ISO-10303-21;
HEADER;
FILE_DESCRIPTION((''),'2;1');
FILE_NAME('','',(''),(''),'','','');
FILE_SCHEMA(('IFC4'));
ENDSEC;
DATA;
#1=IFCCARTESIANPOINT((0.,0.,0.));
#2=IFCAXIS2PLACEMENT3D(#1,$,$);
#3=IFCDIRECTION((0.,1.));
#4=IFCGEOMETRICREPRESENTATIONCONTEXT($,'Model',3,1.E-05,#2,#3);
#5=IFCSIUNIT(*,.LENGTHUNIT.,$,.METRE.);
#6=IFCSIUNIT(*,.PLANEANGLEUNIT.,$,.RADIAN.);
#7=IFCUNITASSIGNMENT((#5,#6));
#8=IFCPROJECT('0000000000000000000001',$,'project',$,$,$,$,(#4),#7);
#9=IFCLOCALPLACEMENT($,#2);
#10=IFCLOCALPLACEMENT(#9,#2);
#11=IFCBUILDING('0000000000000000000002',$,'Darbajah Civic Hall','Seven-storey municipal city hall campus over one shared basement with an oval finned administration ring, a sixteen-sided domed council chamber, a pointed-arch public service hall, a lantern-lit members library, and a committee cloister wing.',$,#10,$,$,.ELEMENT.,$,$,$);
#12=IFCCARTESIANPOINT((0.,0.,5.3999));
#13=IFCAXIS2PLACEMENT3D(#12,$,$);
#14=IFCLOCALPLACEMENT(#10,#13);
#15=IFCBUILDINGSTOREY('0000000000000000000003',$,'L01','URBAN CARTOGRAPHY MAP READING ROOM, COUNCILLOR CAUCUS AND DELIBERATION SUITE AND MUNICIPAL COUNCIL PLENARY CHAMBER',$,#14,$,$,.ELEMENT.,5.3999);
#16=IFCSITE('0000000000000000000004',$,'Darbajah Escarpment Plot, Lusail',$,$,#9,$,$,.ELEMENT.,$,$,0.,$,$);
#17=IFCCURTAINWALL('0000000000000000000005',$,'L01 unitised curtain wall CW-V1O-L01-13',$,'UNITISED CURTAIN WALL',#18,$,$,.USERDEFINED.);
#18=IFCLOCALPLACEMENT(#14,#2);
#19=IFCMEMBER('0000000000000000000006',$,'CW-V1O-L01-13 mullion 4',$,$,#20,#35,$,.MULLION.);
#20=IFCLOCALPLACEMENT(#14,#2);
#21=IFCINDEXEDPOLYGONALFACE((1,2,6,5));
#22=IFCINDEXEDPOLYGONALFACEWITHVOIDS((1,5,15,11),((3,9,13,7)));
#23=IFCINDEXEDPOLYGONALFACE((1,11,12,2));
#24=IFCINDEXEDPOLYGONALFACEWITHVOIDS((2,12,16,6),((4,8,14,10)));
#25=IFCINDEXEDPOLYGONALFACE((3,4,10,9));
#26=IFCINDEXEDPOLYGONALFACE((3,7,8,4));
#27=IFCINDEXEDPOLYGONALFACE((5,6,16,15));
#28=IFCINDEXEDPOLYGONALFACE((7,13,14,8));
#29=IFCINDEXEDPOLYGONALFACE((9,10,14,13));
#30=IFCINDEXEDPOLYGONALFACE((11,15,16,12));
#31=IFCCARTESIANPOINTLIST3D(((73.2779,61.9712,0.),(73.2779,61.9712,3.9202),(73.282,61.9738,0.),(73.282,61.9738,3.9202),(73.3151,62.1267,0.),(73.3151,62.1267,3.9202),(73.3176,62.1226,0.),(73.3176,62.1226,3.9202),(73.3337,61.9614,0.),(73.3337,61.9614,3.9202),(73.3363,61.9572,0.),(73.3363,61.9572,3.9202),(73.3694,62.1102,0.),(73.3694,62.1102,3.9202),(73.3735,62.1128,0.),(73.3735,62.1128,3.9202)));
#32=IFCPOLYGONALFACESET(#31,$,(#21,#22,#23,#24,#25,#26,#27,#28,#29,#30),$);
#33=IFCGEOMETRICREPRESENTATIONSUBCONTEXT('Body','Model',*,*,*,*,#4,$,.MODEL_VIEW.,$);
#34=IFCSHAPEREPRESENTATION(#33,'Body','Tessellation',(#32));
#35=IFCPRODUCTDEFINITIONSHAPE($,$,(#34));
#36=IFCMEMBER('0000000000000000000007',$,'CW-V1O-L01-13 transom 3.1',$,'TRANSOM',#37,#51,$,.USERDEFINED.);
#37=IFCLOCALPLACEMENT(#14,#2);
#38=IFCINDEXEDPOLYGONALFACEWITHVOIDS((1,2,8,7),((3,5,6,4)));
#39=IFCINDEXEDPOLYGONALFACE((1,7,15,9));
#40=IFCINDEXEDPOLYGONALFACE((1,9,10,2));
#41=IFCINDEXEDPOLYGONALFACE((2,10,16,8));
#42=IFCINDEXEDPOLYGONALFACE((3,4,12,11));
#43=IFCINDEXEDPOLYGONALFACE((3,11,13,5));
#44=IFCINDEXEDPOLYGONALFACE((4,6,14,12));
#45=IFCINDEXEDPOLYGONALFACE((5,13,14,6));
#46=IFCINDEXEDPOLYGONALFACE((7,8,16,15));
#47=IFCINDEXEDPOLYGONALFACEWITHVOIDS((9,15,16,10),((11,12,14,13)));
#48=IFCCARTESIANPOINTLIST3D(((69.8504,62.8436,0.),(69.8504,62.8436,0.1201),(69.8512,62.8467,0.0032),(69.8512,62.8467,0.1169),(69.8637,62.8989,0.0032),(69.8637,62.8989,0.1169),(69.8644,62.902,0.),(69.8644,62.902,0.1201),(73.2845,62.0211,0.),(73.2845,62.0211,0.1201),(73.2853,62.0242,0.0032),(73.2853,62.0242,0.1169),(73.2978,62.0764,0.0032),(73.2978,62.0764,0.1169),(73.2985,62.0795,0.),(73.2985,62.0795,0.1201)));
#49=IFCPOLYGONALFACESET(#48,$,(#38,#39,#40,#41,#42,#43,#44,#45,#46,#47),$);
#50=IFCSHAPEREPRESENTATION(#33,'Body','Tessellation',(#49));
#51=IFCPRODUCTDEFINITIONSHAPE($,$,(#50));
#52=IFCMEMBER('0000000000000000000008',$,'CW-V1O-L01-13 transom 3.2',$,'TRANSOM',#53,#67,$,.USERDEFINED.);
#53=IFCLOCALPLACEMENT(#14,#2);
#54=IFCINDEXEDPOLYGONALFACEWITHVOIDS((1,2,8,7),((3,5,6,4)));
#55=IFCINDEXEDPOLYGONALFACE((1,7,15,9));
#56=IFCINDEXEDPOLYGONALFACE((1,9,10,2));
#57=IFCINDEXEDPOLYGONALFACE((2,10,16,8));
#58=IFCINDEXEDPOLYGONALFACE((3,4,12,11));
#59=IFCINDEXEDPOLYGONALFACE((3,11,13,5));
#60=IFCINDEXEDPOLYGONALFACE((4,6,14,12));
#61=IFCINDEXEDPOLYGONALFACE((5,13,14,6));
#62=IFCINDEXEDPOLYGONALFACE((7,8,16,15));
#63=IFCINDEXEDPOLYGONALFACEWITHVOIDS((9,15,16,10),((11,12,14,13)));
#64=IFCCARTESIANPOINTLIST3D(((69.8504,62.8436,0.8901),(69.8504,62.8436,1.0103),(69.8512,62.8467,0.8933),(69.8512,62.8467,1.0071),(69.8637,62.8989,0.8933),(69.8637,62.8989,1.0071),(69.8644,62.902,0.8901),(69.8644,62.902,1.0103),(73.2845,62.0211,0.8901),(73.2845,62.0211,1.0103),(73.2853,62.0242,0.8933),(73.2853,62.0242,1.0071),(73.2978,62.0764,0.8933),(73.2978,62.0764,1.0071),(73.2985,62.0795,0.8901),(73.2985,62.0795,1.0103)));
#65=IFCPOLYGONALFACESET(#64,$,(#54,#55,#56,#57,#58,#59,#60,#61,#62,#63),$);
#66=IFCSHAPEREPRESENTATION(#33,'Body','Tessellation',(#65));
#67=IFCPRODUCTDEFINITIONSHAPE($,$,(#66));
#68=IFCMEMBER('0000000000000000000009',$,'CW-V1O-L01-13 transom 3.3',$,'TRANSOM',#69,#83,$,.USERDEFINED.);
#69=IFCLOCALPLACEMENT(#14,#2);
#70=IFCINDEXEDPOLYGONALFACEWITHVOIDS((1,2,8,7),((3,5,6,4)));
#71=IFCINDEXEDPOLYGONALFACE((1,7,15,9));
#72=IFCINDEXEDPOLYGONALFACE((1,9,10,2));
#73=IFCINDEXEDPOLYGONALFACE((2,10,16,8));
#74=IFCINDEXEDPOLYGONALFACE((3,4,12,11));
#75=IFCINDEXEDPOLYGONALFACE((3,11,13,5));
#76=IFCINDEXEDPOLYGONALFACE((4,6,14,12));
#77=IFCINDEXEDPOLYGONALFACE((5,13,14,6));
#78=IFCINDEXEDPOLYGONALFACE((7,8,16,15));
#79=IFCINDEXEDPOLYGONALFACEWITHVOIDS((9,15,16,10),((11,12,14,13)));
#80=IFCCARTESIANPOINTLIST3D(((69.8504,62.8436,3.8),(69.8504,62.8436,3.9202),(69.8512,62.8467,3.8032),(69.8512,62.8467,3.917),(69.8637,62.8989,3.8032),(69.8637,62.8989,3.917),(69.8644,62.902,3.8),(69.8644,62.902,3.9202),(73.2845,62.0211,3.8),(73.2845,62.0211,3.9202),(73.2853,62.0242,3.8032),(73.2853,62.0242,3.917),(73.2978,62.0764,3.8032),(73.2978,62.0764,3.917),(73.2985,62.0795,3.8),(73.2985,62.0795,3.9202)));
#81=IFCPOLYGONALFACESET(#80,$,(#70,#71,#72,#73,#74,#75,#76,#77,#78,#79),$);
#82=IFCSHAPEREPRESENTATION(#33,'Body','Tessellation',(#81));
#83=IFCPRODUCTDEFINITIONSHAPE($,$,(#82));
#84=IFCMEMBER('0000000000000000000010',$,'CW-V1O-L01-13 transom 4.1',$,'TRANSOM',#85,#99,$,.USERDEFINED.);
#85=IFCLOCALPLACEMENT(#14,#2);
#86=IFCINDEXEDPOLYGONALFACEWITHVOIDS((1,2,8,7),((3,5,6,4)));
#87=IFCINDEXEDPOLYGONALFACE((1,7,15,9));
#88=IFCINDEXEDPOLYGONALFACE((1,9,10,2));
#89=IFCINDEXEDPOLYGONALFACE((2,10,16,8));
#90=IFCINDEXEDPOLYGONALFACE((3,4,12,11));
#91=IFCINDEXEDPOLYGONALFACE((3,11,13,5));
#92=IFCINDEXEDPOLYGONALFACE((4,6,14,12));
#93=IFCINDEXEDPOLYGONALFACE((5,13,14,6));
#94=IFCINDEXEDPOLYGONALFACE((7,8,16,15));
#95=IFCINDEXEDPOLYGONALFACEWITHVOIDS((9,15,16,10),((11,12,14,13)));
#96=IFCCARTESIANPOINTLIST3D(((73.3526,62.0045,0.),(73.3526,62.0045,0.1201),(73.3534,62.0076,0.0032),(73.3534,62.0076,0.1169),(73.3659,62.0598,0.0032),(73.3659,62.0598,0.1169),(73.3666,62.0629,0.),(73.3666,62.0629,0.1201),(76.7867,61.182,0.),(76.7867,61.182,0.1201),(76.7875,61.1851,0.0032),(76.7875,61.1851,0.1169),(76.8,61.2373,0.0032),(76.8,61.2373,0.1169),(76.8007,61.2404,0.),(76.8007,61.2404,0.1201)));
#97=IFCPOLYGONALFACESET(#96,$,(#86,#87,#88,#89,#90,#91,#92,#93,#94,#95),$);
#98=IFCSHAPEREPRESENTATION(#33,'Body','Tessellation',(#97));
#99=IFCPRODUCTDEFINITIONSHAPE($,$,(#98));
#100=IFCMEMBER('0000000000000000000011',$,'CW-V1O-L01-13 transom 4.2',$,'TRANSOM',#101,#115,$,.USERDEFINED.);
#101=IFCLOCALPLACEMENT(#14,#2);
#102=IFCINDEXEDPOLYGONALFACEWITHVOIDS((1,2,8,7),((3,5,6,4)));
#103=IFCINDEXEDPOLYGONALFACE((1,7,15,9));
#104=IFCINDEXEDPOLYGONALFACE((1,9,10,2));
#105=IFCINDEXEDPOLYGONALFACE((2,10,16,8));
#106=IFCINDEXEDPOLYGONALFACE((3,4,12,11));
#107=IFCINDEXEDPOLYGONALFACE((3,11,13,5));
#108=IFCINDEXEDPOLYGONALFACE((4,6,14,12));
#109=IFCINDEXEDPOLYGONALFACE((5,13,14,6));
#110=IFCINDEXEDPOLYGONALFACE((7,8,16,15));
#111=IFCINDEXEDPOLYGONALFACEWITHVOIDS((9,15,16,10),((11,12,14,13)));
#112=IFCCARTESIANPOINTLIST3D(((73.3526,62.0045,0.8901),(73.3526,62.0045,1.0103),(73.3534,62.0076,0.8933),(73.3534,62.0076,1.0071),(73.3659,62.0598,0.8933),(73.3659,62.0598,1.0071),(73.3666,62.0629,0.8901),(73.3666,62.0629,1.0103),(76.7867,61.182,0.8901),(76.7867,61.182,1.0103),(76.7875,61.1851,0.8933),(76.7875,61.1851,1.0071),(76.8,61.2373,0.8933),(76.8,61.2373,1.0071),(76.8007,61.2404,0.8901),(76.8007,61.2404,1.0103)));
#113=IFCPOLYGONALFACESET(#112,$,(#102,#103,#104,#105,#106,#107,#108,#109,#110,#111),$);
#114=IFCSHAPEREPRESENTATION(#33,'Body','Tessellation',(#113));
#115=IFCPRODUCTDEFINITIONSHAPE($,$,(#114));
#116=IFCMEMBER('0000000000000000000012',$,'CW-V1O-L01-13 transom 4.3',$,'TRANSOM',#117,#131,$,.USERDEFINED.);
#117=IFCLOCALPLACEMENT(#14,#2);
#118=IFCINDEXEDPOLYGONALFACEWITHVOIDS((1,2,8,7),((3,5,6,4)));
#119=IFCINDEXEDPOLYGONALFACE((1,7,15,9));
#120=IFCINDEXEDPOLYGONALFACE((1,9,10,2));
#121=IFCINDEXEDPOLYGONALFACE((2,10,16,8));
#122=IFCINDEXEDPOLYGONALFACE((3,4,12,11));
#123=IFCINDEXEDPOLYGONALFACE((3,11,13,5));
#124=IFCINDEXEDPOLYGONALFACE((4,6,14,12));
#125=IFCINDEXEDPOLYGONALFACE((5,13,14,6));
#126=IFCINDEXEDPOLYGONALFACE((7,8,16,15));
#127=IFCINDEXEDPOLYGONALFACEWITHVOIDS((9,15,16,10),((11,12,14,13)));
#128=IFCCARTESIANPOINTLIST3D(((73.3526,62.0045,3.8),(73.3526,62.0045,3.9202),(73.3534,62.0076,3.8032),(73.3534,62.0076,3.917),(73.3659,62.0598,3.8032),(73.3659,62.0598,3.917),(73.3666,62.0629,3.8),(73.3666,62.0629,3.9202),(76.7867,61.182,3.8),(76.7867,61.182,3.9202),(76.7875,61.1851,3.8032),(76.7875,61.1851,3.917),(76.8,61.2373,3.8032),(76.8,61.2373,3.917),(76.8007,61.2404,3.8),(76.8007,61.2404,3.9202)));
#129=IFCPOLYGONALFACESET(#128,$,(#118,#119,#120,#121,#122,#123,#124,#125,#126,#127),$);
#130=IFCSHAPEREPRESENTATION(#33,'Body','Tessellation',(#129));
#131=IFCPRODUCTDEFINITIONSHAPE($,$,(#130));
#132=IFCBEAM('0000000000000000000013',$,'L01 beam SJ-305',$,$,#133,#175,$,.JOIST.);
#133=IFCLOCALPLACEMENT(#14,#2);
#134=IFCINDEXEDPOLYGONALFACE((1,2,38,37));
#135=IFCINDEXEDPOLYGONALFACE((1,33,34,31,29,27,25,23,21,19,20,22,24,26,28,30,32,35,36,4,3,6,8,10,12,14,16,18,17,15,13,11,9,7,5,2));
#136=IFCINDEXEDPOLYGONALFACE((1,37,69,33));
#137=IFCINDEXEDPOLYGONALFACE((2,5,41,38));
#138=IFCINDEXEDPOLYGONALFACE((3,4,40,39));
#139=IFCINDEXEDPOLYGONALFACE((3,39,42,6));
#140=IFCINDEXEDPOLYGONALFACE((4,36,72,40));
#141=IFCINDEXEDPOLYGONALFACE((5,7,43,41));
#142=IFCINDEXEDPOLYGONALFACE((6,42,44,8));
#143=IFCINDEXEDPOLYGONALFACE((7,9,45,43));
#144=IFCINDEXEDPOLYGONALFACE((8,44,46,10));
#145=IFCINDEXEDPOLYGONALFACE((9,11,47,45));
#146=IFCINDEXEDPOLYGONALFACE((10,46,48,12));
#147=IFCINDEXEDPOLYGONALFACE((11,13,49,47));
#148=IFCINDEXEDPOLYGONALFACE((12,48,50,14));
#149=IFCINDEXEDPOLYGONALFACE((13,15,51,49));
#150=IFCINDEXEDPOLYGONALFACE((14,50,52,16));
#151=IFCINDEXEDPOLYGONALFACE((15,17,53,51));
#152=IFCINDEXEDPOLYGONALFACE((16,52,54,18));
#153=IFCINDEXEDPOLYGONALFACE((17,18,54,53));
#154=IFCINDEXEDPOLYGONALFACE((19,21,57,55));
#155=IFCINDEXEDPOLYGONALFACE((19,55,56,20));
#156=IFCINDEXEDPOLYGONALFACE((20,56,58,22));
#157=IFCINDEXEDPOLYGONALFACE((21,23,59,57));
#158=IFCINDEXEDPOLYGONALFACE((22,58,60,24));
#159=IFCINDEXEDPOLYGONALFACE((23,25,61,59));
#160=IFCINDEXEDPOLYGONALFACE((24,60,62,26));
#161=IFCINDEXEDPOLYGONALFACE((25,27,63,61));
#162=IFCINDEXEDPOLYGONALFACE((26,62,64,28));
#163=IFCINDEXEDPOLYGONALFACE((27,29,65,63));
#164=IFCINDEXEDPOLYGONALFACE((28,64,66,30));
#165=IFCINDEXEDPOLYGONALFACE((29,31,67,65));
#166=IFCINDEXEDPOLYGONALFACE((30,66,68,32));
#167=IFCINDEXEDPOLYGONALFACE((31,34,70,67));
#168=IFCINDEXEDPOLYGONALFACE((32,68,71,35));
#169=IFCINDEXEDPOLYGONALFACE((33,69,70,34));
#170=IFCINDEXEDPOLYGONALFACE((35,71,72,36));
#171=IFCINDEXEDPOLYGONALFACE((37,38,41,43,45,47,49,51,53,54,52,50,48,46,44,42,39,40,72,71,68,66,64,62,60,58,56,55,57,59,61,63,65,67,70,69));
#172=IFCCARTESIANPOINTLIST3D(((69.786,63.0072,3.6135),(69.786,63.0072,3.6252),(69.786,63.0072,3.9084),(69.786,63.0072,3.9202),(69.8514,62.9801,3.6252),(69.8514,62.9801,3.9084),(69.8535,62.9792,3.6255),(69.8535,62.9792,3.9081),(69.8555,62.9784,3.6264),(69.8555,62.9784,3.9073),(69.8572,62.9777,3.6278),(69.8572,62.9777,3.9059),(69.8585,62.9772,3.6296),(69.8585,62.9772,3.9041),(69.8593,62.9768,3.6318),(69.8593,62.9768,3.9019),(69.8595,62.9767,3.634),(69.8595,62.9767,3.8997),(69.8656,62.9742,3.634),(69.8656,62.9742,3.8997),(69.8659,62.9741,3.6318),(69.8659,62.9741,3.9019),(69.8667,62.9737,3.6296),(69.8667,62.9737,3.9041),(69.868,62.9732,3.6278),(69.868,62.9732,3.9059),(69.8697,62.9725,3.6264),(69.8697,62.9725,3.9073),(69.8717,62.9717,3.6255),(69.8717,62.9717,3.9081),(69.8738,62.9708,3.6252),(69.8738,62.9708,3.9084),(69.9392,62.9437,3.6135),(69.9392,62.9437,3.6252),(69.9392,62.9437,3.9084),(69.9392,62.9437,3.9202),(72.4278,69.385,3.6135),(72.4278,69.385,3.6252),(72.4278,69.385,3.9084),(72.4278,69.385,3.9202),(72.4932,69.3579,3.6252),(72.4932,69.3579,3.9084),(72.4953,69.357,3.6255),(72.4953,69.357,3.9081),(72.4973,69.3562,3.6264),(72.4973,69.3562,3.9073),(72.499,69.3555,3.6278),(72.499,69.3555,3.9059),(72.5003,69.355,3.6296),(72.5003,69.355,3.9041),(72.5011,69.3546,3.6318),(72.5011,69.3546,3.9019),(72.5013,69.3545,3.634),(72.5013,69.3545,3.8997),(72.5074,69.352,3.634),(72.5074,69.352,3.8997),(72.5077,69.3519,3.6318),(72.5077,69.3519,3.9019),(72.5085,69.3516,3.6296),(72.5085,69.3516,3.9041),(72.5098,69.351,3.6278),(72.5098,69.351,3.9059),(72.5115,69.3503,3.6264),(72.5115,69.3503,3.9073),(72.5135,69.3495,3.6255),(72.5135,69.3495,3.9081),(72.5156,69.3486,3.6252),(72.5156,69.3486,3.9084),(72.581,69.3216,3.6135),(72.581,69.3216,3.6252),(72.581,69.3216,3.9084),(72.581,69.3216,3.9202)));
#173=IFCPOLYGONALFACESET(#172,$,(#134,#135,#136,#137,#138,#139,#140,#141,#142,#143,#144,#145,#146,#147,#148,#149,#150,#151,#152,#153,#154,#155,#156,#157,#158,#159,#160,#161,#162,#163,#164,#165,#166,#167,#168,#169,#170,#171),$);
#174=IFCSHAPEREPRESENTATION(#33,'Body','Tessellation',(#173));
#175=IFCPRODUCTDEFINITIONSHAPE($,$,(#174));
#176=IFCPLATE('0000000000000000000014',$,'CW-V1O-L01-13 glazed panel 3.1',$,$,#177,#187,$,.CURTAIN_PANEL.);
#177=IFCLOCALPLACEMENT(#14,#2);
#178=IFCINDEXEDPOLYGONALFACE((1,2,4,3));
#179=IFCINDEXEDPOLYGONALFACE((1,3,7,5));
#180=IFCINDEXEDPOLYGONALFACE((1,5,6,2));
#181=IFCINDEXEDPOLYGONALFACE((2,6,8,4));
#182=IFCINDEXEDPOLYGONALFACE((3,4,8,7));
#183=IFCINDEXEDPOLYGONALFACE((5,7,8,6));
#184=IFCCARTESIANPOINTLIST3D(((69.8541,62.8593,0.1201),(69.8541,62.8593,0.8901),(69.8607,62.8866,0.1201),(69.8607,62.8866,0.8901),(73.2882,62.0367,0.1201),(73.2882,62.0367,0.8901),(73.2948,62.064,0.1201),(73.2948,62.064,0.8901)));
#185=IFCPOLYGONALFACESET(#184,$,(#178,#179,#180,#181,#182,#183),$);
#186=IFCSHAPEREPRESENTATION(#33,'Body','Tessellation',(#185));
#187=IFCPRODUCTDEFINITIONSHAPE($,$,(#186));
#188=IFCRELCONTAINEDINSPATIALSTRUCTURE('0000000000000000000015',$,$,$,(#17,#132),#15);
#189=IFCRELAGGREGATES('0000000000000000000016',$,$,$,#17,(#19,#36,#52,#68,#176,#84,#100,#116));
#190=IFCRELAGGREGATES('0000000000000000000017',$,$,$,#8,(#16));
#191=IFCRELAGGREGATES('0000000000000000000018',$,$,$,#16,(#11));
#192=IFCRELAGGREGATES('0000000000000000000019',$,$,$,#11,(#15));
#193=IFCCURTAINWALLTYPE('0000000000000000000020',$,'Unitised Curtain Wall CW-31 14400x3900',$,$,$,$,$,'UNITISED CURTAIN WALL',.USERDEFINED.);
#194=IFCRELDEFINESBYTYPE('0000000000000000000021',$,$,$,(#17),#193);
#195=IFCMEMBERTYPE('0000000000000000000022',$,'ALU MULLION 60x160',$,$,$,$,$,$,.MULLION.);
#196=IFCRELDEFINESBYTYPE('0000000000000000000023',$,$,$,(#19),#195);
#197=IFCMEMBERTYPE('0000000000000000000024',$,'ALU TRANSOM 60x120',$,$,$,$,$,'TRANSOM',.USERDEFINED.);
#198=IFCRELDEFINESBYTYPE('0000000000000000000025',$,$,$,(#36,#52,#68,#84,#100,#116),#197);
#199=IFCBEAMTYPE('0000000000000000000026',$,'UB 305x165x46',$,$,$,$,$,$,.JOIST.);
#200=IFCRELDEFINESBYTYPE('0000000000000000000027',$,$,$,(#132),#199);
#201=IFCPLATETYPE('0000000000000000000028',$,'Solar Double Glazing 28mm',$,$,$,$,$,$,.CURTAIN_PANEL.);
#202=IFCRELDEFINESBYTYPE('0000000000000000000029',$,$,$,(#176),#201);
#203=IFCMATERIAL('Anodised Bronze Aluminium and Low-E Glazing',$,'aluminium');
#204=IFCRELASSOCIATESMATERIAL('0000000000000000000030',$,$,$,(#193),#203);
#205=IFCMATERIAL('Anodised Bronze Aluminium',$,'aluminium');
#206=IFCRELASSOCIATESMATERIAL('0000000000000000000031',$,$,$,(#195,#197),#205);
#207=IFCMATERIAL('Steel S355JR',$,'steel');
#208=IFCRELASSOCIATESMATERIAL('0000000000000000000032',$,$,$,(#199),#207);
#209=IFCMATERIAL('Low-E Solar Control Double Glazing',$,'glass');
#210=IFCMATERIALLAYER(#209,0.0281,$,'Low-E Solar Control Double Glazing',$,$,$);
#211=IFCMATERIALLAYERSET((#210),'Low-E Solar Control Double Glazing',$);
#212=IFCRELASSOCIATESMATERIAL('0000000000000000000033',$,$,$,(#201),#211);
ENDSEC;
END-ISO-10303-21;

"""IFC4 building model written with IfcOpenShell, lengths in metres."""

from ifc_helpers import new_model, si_unit, direction, frame, origin, origin_2d, place, context, subcontext, project, spatial, rectangle, hollow_rectangle, i_section, extrude, material, layer, layer_set, material_profile, profile_set, type_object, element, aggregate, save


model = new_model("IFC4")

# Units and contexts
model_context = context("Model", 3, precision=1e-05, world=origin(), true_north=direction((0.0, 1.0)))
body_context = subcontext(model_context, "Body", "Model", "MODEL_VIEW")
ifc_project = project(units=[si_unit("LENGTHUNIT", "METRE"), si_unit("PLANEANGLEUNIT", "RADIAN")], contexts=[model_context])

# Site, building, storey
site_placement = place(None, origin())
site = spatial("IfcSite", under=ifc_project, at=site_placement, Name="Darbajah Escarpment Plot, Lusail", CompositionType="ELEMENT", RefElevation=0.0)
building_placement = place(site_placement, origin())
building = spatial("IfcBuilding", under=site, at=building_placement, Name="Darbajah Civic Hall", Description="Seven-storey municipal city hall campus over one shared basement with an oval finned administration ring, a sixteen-sided domed council chamber, a pointed-arch public service hall, a lantern-lit members library, and a committee cloister wing.", CompositionType="ELEMENT")
storey_placement = place(building_placement, frame((0.0, 0.0, 5.3999)))
storey = spatial("IfcBuildingStorey", under=building, at=storey_placement, Name="L01", Description="URBAN CARTOGRAPHY MAP READING ROOM, COUNCILLOR CAUCUS AND DELIBERATION SUITE AND MUNICIPAL COUNCIL PLENARY CHAMBER", CompositionType="ELEMENT", Elevation=5.3999)

# Curtain wall, members
ifc_material_1 = material(Name="Anodised Bronze Aluminium and Low-E Glazing", Category="aluminium")
curtain_wall_type = type_object("IfcCurtainWallType", Name="Unitised Curtain Wall CW-31 14400x3900", ElementType="UNITISED CURTAIN WALL", PredefinedType="USERDEFINED", material=ifc_material_1)
curtain_wall_placement = place(storey_placement, origin())
curtain_wall = element("IfcCurtainWall", 1, at=curtain_wall_placement, inside=storey, type_object=curtain_wall_type, Name="L01 unitised curtain wall CW-V1O-L01-13", ObjectType="UNITISED CURTAIN WALL", PredefinedType="USERDEFINED")
ifc_material_2 = material(Name="Anodised Bronze Aluminium", Category="aluminium")
ifc_material_profile_1 = material_profile(ifc_material_2, hollow_rectangle(XDim=0.0601, YDim=0.1599, WallThickness=0.0034, at=origin_2d()), Name="ALU MULLION 60x160")
ifc_profile_set_1 = profile_set([ifc_material_profile_1], Name="Anodised Bronze Aluminium")
member_type_1 = type_object("IfcMemberType", Name="ALU MULLION 60x160", PredefinedType="MULLION", material=ifc_profile_set_1)
member_1_placement = place(storey_placement, frame((73.3257, 62.042, 0.0), z_axis=(0.0, 0.0, 1.0), x_axis=(0.972492, -0.232936, 0.0)))
member_1 = element("IfcMember", 2, at=member_1_placement, type_object=member_type_1, Name="CW-V1O-L01-13 mullion 4", PredefinedType="MULLION", context=body_context, shape_type="SweptSolid", body=[
    extrude(hollow_rectangle(XDim=0.0601, YDim=0.1599, WallThickness=0.0034, at=origin_2d()), origin(), (0.0, 0.0, 1.0), 3.9202),
])
ifc_material_profile_2 = material_profile(ifc_material_2, hollow_rectangle(XDim=0.0601, YDim=0.1201, WallThickness=0.0032, at=origin_2d()), Name="ALU TRANSOM 60x120")
ifc_profile_set_2 = profile_set([ifc_material_profile_2], Name="Anodised Bronze Aluminium")
member_type_2 = type_object("IfcMemberType", Name="ALU TRANSOM 60x120", ElementType="TRANSOM", PredefinedType="USERDEFINED", material=ifc_profile_set_2)
member_2_placement = place(storey_placement, frame((69.8574, 62.8728, 0.0601), z_axis=(0.972495, -0.232926, 0.0), x_axis=(0.232926, 0.972495, 0.0)))
member_2 = element("IfcMember", 3, at=member_2_placement, type_object=member_type_2, Name="CW-V1O-L01-13 transom 3.1", ObjectType="TRANSOM", PredefinedType="USERDEFINED", context=body_context, shape_type="SweptSolid", body=[
    extrude(hollow_rectangle(XDim=0.0601, YDim=0.1201, WallThickness=0.0032, at=origin_2d()), origin(), (0.0, 0.0, 1.0), 3.5312),
])
member_3_placement = place(storey_placement, frame((69.8574, 62.8728, 0.9502), z_axis=(0.972495, -0.232926, 0.0), x_axis=(0.232926, 0.972495, 0.0)))
member_3 = element("IfcMember", 4, at=member_3_placement, type_object=member_type_2, Name="CW-V1O-L01-13 transom 3.2", ObjectType="TRANSOM", PredefinedType="USERDEFINED", context=body_context, shape_type="SweptSolid", body=[
    extrude(hollow_rectangle(XDim=0.0601, YDim=0.1201, WallThickness=0.0032, at=origin_2d()), origin(), (0.0, 0.0, 1.0), 3.5312),
])
member_4_placement = place(storey_placement, frame((69.8574, 62.8728, 3.8601), z_axis=(0.972495, -0.232926, 0.0), x_axis=(0.232926, 0.972495, 0.0)))
member_4 = element("IfcMember", 5, at=member_4_placement, type_object=member_type_2, Name="CW-V1O-L01-13 transom 3.3", ObjectType="TRANSOM", PredefinedType="USERDEFINED", context=body_context, shape_type="SweptSolid", body=[
    extrude(hollow_rectangle(XDim=0.0601, YDim=0.1201, WallThickness=0.0032, at=origin_2d()), origin(), (0.0, 0.0, 1.0), 3.5312),
])
member_5_placement = place(storey_placement, frame((73.3596, 62.0337, 0.0601), z_axis=(0.972495, -0.232926, 0.0), x_axis=(0.232926, 0.972495, 0.0)))
member_5 = element("IfcMember", 6, at=member_5_placement, type_object=member_type_2, Name="CW-V1O-L01-13 transom 4.1", ObjectType="TRANSOM", PredefinedType="USERDEFINED", context=body_context, shape_type="SweptSolid", body=[
    extrude(hollow_rectangle(XDim=0.0601, YDim=0.1201, WallThickness=0.0032, at=origin_2d()), origin(), (0.0, 0.0, 1.0), 3.5312),
])
member_6_placement = place(storey_placement, frame((73.3596, 62.0337, 0.9502), z_axis=(0.972495, -0.232926, 0.0), x_axis=(0.232926, 0.972495, 0.0)))
member_6 = element("IfcMember", 7, at=member_6_placement, type_object=member_type_2, Name="CW-V1O-L01-13 transom 4.2", ObjectType="TRANSOM", PredefinedType="USERDEFINED", context=body_context, shape_type="SweptSolid", body=[
    extrude(hollow_rectangle(XDim=0.0601, YDim=0.1201, WallThickness=0.0032, at=origin_2d()), origin(), (0.0, 0.0, 1.0), 3.5312),
])
member_7_placement = place(storey_placement, frame((73.3596, 62.0337, 3.8601), z_axis=(0.972495, -0.232926, 0.0), x_axis=(0.232926, 0.972495, 0.0)))
member_7 = element("IfcMember", 8, at=member_7_placement, type_object=member_type_2, Name="CW-V1O-L01-13 transom 4.3", ObjectType="TRANSOM", PredefinedType="USERDEFINED", context=body_context, shape_type="SweptSolid", body=[
    extrude(hollow_rectangle(XDim=0.0601, YDim=0.1201, WallThickness=0.0032, at=origin_2d()), origin(), (0.0, 0.0, 1.0), 3.5312),
])

# Beam
ifc_material_3 = material(Name="Steel S355JR", Category="steel")
ifc_material_profile_3 = material_profile(ifc_material_3, i_section(OverallWidth=0.1658, OverallDepth=0.3066, WebThickness=0.0066, FlangeThickness=0.0117, FilletRadius=0.0088, at=origin_2d()), Name="UB 305x165x46")
ifc_profile_set_3 = profile_set([ifc_material_profile_3], Name="Steel S355JR")
beam_type = type_object("IfcBeamType", Name="UB 305x165x46", PredefinedType="JOIST", material=ifc_profile_set_3)
beam_placement = place(storey_placement, frame((72.5044, 69.3533, 3.7668), z_axis=(-0.382686, -0.923878, 0.0), x_axis=(0.923878, -0.382686, 0.0)))
element("IfcBeam", 9, at=beam_placement, inside=storey, type_object=beam_type, Name="L01 beam SJ-305", PredefinedType="JOIST", context=body_context, shape_type="SweptSolid", body=[
    extrude(i_section(OverallWidth=0.1658, OverallDepth=0.3066, WebThickness=0.0066, FlangeThickness=0.0117, FilletRadius=0.0088, at=origin_2d()), origin(), (0.0, 0.0, 1.0), 6.9033),
])

# Plate
ifc_material_4 = material(Name="Low-E Solar Control Double Glazing", Category="glass")
ifc_layer = layer(ifc_material_4, 0.0281, Name="Low-E Solar Control Double Glazing")
ifc_layer_set = layer_set([ifc_layer], Name="Low-E Solar Control Double Glazing")
plate_type = type_object("IfcPlateType", Name="Solar Double Glazing 28mm", PredefinedType="CURTAIN_PANEL", material=ifc_layer_set)
plate_1_placement = place(storey_placement, frame((71.5745, 62.4617, 0.1201), z_axis=(0.0, 0.0, 1.0), x_axis=(0.972492, -0.232936, 0.0)))
plate_1 = element("IfcPlate", 10, at=plate_1_placement, type_object=plate_type, Name="CW-V1O-L01-13 glazed panel 3.1", PredefinedType="CURTAIN_PANEL", context=body_context, shape_type="SweptSolid", body=[
    extrude(rectangle(XDim=3.5312, YDim=0.0281, at=origin_2d()), origin(), (0.0, 0.0, 1.0), 0.77),
])
aggregate(curtain_wall, [member_1, member_2, member_3, member_4, plate_1, member_5, member_6, member_7])

save(model, "model.ifc")
